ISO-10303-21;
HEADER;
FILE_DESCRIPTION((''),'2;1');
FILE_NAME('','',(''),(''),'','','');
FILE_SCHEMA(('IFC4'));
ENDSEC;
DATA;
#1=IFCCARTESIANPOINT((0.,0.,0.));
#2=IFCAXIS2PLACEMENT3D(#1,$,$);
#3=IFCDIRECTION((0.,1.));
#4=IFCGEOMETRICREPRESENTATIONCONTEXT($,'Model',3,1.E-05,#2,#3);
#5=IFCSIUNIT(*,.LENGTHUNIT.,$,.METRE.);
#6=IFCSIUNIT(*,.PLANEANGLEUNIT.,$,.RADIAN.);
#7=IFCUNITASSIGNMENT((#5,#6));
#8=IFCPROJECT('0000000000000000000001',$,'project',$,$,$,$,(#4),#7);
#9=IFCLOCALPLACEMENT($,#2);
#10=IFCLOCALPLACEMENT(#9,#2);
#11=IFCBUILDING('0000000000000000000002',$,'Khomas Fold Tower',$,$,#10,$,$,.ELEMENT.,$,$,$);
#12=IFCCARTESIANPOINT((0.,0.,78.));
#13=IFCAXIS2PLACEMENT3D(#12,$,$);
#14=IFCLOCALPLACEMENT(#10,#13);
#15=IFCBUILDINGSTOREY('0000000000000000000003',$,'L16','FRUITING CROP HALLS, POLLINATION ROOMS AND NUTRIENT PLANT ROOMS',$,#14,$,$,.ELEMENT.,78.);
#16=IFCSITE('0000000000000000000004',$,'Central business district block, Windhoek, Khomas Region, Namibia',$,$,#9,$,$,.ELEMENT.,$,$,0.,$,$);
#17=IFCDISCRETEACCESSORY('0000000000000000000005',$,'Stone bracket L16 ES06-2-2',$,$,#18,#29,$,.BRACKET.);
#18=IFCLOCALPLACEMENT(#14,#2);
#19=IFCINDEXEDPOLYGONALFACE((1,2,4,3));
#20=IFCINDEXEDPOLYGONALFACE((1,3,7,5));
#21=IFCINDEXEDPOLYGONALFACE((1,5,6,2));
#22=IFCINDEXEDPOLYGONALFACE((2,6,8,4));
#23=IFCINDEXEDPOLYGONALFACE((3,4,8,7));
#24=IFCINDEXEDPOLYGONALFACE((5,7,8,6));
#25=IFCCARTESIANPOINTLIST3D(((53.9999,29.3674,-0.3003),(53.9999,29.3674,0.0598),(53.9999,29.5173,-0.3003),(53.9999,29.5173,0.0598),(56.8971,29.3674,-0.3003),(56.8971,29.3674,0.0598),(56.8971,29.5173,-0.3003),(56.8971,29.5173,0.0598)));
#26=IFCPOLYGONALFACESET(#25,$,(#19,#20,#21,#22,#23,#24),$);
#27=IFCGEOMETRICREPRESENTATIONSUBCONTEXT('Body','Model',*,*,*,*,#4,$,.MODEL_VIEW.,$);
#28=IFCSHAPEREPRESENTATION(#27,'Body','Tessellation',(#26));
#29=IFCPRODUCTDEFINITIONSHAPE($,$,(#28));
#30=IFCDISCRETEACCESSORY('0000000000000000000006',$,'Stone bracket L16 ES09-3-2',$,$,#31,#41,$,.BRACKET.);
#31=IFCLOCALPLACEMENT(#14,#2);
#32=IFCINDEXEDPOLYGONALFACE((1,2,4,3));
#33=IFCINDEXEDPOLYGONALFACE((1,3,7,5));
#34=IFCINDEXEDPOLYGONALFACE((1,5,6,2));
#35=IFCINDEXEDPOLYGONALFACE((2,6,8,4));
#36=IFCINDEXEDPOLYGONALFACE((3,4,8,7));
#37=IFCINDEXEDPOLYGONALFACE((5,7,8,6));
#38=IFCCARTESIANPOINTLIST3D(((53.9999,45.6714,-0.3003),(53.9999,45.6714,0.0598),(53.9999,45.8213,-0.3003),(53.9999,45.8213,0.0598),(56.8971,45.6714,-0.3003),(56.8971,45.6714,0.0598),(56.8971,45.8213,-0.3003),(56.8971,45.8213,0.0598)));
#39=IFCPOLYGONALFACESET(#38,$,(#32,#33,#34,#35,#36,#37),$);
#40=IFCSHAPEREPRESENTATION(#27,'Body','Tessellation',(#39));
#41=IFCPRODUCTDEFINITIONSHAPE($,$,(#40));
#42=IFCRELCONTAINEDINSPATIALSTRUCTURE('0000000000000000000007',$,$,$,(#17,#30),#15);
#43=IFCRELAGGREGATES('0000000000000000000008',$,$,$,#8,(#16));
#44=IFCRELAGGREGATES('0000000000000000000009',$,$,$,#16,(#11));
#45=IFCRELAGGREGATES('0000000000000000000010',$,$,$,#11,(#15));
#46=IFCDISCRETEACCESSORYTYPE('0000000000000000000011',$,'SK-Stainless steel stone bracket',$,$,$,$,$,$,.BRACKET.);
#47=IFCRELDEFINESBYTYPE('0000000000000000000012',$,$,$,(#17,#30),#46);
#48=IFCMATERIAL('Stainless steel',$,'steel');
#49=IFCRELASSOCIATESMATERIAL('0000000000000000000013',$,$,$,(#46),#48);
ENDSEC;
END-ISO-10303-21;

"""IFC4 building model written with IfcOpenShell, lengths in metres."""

from ifc_helpers import new_model, si_unit, direction, frame, origin, origin_2d, place, context, subcontext, project, spatial, rectangle, extrude, source, transform, mapped, material, type_object, element, save


model = new_model("IFC4")

# Units and contexts
model_context = context("Model", 3, precision=1e-05, world=origin(), true_north=direction((0.0, 1.0)))
body_context = subcontext(model_context, "Body", "Model", "MODEL_VIEW")
ifc_project = project(units=[si_unit("LENGTHUNIT", "METRE"), si_unit("PLANEANGLEUNIT", "RADIAN")], contexts=[model_context])

# Site, building, storey
site_placement = place(None, origin())
site = spatial("IfcSite", under=ifc_project, at=site_placement, Name="Central business district block, Windhoek, Khomas Region, Namibia", CompositionType="ELEMENT", RefElevation=0.0)
building_placement = place(site_placement, origin())
building = spatial("IfcBuilding", under=site, at=building_placement, Name="Khomas Fold Tower", CompositionType="ELEMENT")
storey_placement = place(building_placement, frame((0.0, 0.0, 78.0)))
storey = spatial("IfcBuildingStorey", under=building, at=storey_placement, Name="L16", Description="FRUITING CROP HALLS, POLLINATION ROOMS AND NUTRIENT PLANT ROOMS", CompositionType="ELEMENT", Elevation=78.0)

# Discrete accessories
ifc_material_1 = material(Name="Stainless steel", Category="steel")
discrete_accessory_type = type_object("IfcDiscreteAccessoryType", Name="SK-Stainless steel stone bracket", PredefinedType="BRACKET", material=ifc_material_1)
shared_shape_1 = source(origin(), body_context, "Body", "SweptSolid", [
    extrude(rectangle(XDim=2.8972, YDim=0.1499, at=origin_2d()), origin(), (0.0, 0.0, 1.0), 0.3601),
])
for number, where, z_axis, x_axis, name in (
    (1, (55.4485, 29.4424, -0.3003), (0.0, 0.0, 1.0), (1.0, 0.0, 0.0), "Stone bracket L16 ES06-2-2"),
    (2, (55.4485, 45.7463, -0.3003), (0.0, 0.0, 1.0), (1.0, 0.0, 0.0), "Stone bracket L16 ES09-3-2"),
):
    element("IfcDiscreteAccessory", number, at=place(storey_placement, frame(where, z_axis=z_axis, x_axis=x_axis)), inside=storey, type_object=discrete_accessory_type, Name=name, PredefinedType="BRACKET", context=body_context, shape_type="MappedRepresentation", body=[
        mapped(shared_shape_1, transform((0.0, 0.0, 0.0))),
    ])

save(model, "model.ifc")
